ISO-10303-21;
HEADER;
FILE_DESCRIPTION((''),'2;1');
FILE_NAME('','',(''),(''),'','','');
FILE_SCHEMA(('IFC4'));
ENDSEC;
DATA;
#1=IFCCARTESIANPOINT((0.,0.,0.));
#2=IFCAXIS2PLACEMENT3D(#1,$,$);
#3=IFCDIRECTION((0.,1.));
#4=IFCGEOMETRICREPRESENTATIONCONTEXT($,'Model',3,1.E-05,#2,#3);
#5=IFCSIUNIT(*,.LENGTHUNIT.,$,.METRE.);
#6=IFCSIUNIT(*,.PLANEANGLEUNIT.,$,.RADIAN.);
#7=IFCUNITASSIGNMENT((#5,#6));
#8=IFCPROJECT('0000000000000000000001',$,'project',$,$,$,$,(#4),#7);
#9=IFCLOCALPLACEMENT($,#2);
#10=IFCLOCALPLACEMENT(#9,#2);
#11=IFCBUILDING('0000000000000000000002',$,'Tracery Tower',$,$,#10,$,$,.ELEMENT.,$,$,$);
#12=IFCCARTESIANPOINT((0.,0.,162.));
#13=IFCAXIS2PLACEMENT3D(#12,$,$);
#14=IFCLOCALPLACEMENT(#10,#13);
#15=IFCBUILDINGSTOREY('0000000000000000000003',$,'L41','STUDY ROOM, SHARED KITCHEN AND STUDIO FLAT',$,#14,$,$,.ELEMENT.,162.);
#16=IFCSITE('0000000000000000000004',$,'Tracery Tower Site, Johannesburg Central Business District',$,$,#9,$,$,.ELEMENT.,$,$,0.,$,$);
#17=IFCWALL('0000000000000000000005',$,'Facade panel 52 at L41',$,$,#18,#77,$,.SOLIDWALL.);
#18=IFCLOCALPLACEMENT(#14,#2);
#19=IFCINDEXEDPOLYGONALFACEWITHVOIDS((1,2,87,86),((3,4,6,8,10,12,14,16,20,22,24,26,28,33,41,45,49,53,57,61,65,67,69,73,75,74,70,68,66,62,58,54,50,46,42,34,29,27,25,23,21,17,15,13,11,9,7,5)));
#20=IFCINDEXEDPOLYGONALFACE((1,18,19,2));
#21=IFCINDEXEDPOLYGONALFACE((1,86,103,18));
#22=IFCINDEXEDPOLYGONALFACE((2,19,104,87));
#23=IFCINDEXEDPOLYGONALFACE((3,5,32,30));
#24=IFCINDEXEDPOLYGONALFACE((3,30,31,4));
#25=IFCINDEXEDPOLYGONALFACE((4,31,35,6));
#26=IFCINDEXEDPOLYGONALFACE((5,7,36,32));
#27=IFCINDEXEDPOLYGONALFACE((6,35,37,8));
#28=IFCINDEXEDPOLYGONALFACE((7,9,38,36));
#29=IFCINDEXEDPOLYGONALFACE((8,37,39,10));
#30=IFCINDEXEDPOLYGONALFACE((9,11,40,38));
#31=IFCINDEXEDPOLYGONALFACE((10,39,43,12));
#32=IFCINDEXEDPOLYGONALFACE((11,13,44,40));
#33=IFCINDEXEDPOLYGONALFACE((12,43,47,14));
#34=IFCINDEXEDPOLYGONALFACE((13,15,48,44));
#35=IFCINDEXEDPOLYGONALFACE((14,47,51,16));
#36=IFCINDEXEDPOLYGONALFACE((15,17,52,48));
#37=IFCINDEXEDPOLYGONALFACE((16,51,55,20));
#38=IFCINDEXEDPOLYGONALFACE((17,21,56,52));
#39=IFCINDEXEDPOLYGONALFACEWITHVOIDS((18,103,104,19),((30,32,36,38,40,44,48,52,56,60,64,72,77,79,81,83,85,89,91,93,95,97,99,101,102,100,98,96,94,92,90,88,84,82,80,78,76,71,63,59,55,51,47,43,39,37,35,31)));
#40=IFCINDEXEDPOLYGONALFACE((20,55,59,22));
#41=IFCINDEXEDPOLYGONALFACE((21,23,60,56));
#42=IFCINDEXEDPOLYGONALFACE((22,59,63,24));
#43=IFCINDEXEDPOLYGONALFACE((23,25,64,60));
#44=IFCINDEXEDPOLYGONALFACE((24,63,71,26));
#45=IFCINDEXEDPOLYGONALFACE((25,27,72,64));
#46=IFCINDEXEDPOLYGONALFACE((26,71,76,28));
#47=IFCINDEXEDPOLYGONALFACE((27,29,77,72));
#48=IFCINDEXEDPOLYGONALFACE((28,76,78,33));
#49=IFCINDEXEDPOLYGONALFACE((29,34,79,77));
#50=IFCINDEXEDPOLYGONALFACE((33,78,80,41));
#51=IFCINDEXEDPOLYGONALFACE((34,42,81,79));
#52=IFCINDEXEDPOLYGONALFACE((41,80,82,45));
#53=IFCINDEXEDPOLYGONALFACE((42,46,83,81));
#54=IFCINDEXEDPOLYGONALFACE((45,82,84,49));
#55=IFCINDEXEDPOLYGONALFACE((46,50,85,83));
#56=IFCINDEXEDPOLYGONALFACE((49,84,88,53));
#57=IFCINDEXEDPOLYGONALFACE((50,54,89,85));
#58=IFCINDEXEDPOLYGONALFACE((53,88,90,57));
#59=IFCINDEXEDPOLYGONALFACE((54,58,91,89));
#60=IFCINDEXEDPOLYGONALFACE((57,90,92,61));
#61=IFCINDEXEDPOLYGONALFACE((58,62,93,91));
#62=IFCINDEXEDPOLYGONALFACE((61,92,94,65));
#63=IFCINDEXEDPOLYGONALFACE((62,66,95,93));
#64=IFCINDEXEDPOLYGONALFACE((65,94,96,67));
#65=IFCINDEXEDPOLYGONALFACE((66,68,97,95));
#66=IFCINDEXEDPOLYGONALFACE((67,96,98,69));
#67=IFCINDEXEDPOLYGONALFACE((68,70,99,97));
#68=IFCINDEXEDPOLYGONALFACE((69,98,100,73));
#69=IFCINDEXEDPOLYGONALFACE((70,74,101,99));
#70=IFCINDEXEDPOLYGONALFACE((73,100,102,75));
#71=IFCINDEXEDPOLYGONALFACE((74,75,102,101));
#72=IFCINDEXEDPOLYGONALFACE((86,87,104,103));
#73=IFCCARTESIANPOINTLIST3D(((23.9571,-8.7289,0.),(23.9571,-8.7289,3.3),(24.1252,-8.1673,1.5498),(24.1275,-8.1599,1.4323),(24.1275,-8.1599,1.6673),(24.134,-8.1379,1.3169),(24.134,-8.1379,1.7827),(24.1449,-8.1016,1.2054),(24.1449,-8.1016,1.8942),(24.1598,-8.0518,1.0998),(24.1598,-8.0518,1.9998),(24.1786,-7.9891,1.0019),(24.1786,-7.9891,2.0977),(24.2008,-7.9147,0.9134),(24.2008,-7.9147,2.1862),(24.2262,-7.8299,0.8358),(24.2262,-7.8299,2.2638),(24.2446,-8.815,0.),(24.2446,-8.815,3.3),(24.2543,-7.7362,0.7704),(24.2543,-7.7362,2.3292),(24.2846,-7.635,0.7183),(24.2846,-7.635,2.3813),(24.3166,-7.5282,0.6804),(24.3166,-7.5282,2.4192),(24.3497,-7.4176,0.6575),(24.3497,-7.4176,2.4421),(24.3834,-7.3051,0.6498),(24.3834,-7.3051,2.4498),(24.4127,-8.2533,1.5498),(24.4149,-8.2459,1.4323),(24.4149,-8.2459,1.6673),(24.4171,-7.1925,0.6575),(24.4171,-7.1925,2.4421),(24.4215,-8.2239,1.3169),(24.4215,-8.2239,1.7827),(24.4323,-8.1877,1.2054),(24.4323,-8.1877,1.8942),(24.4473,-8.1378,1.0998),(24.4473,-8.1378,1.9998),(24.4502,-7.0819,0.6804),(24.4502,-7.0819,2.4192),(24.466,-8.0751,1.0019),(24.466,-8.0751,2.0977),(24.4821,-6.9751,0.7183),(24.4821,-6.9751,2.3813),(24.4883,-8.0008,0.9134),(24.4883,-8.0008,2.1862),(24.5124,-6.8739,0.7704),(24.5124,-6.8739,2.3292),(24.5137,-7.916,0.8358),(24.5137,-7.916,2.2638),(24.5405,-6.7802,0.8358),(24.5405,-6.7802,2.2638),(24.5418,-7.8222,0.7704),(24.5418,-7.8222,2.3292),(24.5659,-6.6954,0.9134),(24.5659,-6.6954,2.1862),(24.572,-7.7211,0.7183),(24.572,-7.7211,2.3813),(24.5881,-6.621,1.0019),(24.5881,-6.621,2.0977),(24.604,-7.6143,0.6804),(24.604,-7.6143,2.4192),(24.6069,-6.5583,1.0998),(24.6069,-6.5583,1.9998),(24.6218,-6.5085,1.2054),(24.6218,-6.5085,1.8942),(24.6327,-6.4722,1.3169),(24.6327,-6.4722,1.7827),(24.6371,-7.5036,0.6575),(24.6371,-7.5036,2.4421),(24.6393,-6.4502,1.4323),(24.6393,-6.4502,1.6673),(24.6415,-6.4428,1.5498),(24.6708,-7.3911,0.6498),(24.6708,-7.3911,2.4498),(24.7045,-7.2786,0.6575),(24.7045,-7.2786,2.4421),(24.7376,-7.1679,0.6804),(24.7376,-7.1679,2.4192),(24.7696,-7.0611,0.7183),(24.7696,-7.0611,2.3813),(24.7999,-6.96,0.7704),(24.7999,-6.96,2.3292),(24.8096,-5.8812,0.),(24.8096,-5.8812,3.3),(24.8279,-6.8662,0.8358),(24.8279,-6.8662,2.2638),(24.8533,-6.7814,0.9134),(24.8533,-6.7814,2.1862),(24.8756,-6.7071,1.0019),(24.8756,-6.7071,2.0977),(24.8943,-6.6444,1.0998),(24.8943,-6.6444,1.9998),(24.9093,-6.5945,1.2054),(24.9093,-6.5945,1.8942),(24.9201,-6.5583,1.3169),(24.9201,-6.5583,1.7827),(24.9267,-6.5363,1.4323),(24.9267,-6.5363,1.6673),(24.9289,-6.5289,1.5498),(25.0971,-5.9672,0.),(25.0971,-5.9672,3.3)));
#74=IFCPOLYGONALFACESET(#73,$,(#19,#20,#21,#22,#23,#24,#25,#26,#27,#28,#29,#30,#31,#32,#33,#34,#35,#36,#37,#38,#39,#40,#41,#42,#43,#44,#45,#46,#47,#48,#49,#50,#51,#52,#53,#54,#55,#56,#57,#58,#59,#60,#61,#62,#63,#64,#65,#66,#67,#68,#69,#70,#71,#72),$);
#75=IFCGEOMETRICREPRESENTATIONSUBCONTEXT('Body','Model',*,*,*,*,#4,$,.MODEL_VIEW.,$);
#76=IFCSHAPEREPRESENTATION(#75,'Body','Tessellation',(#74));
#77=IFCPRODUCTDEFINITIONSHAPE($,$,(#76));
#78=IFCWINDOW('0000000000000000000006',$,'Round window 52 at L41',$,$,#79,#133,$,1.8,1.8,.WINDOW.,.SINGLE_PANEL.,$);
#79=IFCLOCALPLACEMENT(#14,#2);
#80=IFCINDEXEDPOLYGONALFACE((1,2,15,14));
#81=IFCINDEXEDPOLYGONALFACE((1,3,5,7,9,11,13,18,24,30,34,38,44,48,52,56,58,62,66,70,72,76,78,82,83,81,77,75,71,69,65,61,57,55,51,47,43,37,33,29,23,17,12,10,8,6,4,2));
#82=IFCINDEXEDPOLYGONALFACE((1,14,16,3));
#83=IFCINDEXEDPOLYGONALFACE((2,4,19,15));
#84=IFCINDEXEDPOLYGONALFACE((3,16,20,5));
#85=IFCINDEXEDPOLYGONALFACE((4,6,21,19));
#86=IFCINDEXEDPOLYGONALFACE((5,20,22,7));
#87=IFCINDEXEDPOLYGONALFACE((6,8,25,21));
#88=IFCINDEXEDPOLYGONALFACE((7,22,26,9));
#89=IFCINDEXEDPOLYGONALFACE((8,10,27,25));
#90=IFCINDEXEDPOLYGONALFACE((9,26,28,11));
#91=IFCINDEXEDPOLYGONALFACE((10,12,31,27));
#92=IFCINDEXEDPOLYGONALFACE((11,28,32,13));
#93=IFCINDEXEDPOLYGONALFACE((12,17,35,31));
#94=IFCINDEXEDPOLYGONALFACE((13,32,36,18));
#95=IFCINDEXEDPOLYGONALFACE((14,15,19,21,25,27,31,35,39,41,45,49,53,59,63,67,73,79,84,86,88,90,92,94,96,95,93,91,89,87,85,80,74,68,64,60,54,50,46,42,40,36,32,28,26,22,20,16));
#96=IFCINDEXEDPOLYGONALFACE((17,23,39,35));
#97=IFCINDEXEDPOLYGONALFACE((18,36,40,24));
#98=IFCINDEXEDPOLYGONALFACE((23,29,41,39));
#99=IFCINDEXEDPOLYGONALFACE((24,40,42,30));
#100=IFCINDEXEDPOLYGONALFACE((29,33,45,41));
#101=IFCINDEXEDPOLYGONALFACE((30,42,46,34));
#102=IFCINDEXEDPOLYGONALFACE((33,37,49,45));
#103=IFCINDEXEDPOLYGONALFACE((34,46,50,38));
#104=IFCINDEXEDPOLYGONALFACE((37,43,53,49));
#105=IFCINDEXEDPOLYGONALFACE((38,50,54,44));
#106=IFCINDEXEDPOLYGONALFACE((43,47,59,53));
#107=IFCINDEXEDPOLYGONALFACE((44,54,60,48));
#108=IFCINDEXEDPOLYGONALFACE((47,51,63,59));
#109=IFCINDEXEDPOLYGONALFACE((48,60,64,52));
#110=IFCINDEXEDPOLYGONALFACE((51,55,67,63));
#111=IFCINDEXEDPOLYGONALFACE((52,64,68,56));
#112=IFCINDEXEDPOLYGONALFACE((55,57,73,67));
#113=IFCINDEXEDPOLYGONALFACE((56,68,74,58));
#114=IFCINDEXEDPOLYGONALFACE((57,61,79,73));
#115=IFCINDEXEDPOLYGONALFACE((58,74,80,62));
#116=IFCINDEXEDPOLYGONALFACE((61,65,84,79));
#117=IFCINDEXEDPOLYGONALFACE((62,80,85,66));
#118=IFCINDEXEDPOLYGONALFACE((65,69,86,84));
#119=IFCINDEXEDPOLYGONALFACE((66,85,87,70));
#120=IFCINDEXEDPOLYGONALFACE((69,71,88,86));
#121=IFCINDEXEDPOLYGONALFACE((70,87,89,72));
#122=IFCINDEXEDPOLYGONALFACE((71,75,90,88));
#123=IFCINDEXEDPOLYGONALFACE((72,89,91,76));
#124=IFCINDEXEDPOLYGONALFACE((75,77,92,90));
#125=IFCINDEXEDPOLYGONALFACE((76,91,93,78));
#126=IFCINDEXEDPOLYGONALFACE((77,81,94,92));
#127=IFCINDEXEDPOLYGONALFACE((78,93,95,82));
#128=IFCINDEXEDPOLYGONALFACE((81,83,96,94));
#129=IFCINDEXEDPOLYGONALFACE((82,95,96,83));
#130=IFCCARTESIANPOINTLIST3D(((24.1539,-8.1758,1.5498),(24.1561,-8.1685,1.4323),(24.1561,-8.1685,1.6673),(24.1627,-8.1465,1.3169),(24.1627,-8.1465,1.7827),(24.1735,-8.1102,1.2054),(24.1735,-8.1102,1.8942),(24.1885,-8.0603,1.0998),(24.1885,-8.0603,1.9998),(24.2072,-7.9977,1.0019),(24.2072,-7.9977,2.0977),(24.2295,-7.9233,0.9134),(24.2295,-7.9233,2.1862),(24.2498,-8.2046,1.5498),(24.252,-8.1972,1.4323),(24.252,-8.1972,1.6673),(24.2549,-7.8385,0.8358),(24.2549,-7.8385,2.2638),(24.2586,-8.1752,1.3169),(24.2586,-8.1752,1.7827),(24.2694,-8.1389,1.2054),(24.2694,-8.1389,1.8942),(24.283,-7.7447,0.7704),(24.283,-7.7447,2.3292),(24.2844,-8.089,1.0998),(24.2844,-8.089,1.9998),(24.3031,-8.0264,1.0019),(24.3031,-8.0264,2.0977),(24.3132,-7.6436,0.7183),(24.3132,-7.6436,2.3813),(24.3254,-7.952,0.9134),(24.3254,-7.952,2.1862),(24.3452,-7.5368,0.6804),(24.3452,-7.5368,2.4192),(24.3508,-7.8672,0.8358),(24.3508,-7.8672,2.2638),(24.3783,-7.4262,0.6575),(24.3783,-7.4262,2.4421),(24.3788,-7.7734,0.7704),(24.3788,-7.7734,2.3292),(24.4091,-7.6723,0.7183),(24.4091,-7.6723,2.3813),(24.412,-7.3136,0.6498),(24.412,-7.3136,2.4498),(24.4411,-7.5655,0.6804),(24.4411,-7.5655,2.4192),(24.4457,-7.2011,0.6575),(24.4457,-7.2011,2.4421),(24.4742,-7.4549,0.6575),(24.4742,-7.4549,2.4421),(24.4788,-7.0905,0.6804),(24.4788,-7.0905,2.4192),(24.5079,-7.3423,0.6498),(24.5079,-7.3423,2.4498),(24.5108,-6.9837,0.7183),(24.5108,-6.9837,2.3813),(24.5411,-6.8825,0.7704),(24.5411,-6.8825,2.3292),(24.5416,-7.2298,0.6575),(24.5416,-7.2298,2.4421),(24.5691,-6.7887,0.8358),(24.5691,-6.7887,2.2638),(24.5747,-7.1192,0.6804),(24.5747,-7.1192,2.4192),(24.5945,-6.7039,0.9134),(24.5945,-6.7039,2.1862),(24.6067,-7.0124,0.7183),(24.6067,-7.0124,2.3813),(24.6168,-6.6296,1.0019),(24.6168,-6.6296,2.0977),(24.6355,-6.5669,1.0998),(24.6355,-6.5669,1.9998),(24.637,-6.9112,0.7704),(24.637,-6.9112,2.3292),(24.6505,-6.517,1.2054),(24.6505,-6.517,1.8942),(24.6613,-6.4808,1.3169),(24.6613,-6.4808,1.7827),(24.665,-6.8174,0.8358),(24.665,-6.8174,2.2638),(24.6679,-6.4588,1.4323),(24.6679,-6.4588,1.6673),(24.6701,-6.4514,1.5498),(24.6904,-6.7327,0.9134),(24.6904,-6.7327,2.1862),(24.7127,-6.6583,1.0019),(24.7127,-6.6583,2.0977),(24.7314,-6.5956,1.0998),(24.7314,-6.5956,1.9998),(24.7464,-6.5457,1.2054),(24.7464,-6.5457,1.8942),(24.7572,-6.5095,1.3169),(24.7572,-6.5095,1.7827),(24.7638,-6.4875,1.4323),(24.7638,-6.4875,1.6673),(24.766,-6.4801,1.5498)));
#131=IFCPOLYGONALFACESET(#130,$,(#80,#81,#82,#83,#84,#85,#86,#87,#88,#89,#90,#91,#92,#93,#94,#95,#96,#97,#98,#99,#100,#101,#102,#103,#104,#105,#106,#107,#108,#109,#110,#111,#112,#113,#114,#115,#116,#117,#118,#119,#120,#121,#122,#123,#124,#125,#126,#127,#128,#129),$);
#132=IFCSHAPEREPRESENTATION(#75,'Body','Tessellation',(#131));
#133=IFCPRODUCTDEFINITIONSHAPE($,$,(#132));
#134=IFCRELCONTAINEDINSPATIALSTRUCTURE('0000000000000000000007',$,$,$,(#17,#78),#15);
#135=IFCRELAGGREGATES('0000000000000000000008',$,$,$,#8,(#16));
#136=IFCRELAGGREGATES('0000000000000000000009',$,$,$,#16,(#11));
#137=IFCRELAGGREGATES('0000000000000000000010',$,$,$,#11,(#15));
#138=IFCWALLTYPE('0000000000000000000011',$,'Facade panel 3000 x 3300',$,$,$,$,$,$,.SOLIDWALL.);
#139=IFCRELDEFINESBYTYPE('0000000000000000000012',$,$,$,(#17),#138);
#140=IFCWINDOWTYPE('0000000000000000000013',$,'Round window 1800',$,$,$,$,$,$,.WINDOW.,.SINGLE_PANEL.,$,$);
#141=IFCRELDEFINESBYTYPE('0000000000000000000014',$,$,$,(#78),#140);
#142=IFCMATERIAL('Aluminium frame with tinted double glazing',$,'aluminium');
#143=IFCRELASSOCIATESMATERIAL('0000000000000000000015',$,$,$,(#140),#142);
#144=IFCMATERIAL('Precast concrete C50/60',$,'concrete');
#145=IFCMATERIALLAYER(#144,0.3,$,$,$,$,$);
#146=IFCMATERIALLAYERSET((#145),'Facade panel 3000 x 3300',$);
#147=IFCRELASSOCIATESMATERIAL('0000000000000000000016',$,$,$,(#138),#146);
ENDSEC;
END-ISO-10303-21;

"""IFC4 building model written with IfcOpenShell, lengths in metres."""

from ifc_helpers import new_model, si_unit, direction, frame, frame_2d, origin, origin_2d, place, context, subcontext, project, spatial, rectangle, circle, extrude, material, layer, layer_set, type_object, element, fill, save


model = new_model("IFC4")

# Units and contexts
model_context = context("Model", 3, precision=1e-05, world=origin(), true_north=direction((0.0, 1.0)))
body_context = subcontext(model_context, "Body", "Model", "MODEL_VIEW")
ifc_project = project(units=[si_unit("LENGTHUNIT", "METRE"), si_unit("PLANEANGLEUNIT", "RADIAN")], contexts=[model_context])

# Site, building, storey
site_placement = place(None, origin())
site = spatial("IfcSite", under=ifc_project, at=site_placement, Name="Tracery Tower Site, Johannesburg Central Business District", CompositionType="ELEMENT", RefElevation=0.0)
building_placement = place(site_placement, origin())
building = spatial("IfcBuilding", under=site, at=building_placement, Name="Tracery Tower", CompositionType="ELEMENT")
storey_placement = place(building_placement, frame((0.0, 0.0, 162.0)))
storey = spatial("IfcBuildingStorey", under=building, at=storey_placement, Name="L41", Description="STUDY ROOM, SHARED KITCHEN AND STUDIO FLAT", CompositionType="ELEMENT", Elevation=162.0)

# Wall, opening, window
ifc_material_1 = material(Name="Aluminium frame with tinted double glazing", Category="aluminium")
window_type = type_object("IfcWindowType", Name="Round window 1800", PartitioningType="SINGLE_PANEL", PredefinedType="WINDOW", material=ifc_material_1)
ifc_material_2 = material(Name="Precast concrete C50/60", Category="concrete")
ifc_layer_1 = layer(ifc_material_2, 0.3)
ifc_layer_set_1 = layer_set([ifc_layer_1], Name="Facade panel 3000 x 3300")
wall_type_1 = type_object("IfcWallType", Name="Facade panel 3000 x 3300", PredefinedType="SOLIDWALL", material=ifc_layer_set_1)
wall_1_placement = place(storey_placement, frame((24.1008, -8.772, 0.0), z_axis=(0.0, 0.0, 1.0), x_axis=(0.286783, 0.957996, 0.0)))
wall_1 = element("IfcWall", 1, at=wall_1_placement, inside=storey, type_object=wall_type_1, Name="Facade panel 52 at L41", PredefinedType="SOLIDWALL", context=body_context, shape_type="SweptSolid", body=[
    extrude(rectangle(XDim=2.9727, YDim=0.3, at=frame_2d((1.4863, 0.0))), origin(), (0.0, 0.0, 1.0), 3.3),
])
opening_1_placement = place(wall_1_placement, frame((1.4863, 0.0, 1.5498)))
opening_1 = element("IfcOpeningElement", 2, at=opening_1_placement, cuts=wall_1, PredefinedType="OPENING", context=body_context, shape_type="SweptSolid", body=[
    extrude(circle(Radius=0.9, at=origin_2d()), frame((0.0, 0.1599, 0.0), z_axis=(0.0, -1.0, 0.0), x_axis=(1.0, 0.0, 0.0)), (0.0, 0.0, 1.0), 0.3201),
])
window_1_placement = place(opening_1_placement, origin())
window_1 = element("IfcWindow", 3, at=window_1_placement, inside=storey, type_object=window_type, Name="Round window 52 at L41", OverallHeight=1.8, OverallWidth=1.8, PartitioningType="SINGLE_PANEL", PredefinedType="WINDOW", context=body_context, shape_type="SweptSolid", body=[
    extrude(circle(Radius=0.9, at=origin_2d()), frame((0.0, 0.1201, 0.0), z_axis=(0.0, -1.0, 0.0), x_axis=(1.0, 0.0, 0.0)), (0.0, 0.0, 1.0), 0.1001),
])
fill(opening_1, window_1)

save(model, "model.ifc")
